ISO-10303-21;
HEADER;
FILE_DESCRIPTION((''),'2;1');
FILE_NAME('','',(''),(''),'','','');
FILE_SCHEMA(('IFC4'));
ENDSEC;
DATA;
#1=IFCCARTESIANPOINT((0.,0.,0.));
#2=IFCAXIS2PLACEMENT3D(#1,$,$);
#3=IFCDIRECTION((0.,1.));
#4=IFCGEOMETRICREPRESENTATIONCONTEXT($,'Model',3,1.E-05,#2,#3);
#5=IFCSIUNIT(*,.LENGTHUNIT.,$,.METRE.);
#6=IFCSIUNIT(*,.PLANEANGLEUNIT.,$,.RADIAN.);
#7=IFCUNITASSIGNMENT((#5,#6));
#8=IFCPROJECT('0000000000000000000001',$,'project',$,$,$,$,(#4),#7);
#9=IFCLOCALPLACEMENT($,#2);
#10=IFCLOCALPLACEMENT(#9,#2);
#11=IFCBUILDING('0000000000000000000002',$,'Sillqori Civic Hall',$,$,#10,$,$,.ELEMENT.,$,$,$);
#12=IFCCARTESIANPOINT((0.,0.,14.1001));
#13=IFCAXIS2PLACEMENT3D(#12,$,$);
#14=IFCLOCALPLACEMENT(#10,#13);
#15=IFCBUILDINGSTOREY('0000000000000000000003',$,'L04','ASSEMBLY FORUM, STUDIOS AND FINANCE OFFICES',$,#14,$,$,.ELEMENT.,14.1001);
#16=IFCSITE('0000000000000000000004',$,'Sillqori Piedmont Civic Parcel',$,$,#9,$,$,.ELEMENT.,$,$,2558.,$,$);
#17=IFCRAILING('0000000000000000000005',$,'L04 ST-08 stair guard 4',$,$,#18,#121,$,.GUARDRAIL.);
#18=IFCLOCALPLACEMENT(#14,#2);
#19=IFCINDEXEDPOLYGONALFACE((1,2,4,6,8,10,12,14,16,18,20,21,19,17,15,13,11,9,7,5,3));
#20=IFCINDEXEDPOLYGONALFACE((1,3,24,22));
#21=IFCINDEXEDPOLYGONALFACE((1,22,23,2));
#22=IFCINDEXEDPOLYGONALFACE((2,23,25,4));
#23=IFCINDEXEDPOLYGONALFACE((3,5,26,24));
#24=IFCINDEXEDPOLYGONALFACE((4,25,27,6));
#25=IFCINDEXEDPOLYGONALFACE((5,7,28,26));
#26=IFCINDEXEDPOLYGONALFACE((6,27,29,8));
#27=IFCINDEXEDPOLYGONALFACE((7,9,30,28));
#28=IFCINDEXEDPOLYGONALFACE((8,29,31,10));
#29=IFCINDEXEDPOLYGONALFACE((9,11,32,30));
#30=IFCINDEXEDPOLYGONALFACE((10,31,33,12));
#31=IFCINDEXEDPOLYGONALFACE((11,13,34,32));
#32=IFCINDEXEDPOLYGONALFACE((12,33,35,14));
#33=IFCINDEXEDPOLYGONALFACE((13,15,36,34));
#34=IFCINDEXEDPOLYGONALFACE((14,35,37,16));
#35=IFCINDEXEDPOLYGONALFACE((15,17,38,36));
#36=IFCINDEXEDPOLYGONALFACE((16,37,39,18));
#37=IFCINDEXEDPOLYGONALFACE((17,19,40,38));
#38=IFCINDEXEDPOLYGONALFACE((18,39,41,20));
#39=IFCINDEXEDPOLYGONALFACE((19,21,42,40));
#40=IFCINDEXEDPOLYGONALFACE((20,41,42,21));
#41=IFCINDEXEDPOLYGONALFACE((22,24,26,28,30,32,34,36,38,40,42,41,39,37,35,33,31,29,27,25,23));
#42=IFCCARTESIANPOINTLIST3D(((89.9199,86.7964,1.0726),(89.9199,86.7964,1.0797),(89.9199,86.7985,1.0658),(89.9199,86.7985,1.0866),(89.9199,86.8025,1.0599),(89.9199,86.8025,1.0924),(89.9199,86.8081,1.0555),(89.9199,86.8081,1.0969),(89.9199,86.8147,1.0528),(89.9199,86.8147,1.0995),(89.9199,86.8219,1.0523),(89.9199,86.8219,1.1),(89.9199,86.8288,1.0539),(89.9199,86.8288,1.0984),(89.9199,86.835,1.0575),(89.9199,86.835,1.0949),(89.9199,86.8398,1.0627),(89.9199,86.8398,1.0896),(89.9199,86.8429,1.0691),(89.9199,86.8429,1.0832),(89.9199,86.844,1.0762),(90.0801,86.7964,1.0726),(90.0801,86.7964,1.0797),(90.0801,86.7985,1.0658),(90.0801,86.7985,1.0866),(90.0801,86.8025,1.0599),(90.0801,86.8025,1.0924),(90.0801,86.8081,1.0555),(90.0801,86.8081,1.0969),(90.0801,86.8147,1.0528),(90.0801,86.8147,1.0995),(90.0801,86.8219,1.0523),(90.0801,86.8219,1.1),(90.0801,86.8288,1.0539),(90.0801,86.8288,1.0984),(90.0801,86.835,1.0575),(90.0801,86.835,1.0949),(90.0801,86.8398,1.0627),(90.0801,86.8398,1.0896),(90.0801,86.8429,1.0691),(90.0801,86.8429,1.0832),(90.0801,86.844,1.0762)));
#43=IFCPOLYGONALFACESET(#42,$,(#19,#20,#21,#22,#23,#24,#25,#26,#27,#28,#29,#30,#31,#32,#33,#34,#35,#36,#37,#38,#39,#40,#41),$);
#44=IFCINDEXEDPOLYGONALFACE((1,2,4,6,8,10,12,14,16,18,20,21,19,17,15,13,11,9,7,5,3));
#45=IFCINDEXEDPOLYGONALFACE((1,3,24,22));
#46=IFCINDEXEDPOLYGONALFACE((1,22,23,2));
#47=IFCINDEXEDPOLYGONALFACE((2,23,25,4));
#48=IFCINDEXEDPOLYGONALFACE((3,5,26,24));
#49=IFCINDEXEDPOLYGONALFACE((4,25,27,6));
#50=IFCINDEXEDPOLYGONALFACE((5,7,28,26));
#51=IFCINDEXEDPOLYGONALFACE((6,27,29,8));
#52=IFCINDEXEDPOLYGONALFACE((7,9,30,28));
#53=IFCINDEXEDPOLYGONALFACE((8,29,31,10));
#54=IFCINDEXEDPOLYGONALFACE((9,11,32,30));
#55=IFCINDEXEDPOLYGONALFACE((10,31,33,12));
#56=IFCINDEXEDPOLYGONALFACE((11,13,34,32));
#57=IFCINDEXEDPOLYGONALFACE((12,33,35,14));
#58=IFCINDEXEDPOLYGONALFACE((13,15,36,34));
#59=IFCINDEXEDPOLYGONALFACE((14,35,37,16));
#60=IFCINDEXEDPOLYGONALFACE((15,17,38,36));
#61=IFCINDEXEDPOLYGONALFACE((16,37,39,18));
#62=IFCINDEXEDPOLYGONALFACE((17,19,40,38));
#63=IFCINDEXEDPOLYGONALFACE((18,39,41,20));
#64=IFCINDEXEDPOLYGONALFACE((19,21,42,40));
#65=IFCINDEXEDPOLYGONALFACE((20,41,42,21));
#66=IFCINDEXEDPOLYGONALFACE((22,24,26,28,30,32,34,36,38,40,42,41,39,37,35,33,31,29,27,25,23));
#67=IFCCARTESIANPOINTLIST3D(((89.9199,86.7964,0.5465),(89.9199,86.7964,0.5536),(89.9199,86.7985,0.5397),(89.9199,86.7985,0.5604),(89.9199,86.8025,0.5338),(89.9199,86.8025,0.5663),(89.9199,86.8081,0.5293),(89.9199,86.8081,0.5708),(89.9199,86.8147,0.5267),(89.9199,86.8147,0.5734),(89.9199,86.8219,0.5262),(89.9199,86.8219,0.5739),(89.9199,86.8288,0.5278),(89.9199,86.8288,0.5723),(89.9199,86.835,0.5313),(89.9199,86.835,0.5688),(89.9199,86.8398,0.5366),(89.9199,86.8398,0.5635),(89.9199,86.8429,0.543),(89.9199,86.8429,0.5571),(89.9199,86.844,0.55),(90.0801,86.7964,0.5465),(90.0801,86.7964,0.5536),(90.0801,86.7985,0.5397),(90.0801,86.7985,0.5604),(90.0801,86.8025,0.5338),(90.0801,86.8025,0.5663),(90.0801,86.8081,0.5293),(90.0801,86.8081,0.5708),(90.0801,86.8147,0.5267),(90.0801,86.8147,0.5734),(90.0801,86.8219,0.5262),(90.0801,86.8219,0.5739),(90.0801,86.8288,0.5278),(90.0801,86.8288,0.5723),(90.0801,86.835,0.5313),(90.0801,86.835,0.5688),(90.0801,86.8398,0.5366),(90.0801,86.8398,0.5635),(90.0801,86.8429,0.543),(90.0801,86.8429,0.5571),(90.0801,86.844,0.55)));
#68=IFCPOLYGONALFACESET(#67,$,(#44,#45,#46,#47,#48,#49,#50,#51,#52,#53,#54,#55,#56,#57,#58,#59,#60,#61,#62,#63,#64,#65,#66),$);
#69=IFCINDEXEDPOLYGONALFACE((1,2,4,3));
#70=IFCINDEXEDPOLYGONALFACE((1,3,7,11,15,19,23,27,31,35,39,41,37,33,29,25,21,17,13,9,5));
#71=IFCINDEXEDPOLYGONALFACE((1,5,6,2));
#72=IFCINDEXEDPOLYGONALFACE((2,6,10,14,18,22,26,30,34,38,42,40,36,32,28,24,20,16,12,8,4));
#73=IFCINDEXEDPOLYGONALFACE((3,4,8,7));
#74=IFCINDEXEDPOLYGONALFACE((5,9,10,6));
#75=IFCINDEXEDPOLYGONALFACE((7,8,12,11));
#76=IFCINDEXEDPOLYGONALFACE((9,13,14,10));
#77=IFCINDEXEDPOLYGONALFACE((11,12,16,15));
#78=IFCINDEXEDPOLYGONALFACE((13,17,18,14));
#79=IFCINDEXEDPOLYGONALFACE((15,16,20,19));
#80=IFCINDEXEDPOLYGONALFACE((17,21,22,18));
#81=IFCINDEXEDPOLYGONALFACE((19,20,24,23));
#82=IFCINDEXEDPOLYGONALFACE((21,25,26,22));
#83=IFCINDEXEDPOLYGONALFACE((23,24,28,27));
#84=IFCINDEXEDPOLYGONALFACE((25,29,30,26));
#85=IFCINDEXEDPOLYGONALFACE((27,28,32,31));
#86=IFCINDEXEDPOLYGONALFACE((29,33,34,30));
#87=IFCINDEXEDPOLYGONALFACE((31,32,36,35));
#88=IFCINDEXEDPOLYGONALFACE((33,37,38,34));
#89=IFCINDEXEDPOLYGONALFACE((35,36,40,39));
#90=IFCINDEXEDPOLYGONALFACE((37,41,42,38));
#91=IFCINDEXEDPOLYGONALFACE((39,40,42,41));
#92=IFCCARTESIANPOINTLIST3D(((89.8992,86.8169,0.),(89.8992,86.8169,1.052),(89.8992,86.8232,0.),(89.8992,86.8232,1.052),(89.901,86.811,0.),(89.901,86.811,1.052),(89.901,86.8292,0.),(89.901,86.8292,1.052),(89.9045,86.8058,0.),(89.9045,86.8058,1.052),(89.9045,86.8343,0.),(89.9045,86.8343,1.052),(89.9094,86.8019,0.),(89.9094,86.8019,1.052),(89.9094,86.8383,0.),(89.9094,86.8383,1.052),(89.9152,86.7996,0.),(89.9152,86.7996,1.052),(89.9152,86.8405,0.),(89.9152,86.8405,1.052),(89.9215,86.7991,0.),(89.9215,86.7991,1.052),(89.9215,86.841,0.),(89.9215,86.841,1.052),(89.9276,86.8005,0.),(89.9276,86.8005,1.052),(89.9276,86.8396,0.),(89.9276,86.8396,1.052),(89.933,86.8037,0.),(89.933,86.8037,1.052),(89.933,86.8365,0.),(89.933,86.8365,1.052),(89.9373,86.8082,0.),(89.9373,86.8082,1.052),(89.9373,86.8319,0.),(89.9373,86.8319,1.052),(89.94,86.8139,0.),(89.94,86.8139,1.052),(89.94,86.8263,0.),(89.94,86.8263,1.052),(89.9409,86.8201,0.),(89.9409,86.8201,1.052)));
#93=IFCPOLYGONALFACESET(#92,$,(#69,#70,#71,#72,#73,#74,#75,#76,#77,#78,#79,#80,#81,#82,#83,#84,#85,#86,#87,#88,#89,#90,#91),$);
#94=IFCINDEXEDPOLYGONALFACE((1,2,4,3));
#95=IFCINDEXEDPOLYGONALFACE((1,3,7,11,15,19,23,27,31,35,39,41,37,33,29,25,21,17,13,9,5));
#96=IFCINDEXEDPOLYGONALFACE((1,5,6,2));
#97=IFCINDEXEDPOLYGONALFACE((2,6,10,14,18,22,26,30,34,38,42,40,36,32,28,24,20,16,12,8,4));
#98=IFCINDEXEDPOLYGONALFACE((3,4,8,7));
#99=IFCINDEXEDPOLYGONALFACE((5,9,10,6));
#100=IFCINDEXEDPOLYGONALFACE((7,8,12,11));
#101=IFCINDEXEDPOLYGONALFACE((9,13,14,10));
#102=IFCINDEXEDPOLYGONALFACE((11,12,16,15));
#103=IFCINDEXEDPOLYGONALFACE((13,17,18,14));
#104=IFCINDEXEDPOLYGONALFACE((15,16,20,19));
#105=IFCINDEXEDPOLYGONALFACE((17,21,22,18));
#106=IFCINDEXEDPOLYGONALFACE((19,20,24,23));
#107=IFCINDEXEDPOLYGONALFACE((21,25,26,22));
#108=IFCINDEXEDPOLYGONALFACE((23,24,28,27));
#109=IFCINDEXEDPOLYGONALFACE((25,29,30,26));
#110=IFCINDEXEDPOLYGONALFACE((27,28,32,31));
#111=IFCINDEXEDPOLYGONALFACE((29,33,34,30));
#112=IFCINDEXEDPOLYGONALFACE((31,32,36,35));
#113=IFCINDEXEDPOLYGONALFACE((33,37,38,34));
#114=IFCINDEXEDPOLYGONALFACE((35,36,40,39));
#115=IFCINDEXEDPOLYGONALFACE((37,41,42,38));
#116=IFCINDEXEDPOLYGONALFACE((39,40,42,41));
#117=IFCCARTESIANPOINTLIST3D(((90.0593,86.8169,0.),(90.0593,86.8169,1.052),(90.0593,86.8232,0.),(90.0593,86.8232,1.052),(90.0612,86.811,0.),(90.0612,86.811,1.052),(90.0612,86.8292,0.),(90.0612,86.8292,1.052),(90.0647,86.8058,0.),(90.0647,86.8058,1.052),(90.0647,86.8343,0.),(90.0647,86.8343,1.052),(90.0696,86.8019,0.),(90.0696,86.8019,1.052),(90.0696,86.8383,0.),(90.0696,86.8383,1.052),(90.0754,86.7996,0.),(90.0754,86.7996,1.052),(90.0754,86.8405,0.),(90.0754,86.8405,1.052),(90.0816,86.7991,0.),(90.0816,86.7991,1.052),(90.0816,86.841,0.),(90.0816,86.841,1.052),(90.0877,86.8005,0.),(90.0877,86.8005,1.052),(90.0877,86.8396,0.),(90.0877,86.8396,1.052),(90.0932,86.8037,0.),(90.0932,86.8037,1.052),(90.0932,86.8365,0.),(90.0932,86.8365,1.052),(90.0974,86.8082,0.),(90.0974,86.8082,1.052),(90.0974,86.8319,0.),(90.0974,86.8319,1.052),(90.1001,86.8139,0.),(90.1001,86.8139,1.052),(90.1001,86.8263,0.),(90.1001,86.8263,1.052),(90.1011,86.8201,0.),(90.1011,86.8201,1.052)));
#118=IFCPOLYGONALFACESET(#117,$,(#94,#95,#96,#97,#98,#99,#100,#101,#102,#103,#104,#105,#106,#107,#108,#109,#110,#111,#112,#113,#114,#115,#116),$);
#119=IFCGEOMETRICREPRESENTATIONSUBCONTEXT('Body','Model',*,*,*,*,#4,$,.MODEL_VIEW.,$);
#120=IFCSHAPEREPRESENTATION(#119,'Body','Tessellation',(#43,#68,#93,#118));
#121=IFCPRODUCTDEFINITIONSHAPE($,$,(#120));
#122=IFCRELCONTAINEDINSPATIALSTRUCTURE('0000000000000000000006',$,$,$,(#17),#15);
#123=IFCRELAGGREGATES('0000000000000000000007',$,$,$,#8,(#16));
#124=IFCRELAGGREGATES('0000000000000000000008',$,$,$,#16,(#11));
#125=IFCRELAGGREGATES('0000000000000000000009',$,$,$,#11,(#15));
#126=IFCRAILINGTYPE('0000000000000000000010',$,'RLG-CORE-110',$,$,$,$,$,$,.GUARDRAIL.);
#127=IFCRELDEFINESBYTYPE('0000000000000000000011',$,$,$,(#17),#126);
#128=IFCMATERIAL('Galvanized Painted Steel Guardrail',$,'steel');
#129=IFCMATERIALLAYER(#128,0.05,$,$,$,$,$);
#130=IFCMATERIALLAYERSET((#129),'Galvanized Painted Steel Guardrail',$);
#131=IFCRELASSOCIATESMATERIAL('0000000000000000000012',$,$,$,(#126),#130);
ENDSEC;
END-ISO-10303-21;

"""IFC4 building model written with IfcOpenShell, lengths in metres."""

from ifc_helpers import new_model, si_unit, direction, frame, origin, origin_2d, place, context, subcontext, project, spatial, circle, extrude, material, layer, layer_set, type_object, element, save


model = new_model("IFC4")

# Units and contexts
model_context = context("Model", 3, precision=1e-05, world=origin(), true_north=direction((0.0, 1.0)))
body_context = subcontext(model_context, "Body", "Model", "MODEL_VIEW")
ifc_project = project(units=[si_unit("LENGTHUNIT", "METRE"), si_unit("PLANEANGLEUNIT", "RADIAN")], contexts=[model_context])

# Site, building, storey
site_placement = place(None, origin())
site = spatial("IfcSite", under=ifc_project, at=site_placement, Name="Sillqori Piedmont Civic Parcel", CompositionType="ELEMENT", RefElevation=2558.0)
building_placement = place(site_placement, origin())
building = spatial("IfcBuilding", under=site, at=building_placement, Name="Sillqori Civic Hall", CompositionType="ELEMENT")
storey_placement = place(building_placement, frame((0.0, 0.0, 14.1001)))
storey = spatial("IfcBuildingStorey", under=building, at=storey_placement, Name="L04", Description="ASSEMBLY FORUM, STUDIOS AND FINANCE OFFICES", CompositionType="ELEMENT", Elevation=14.1001)

# Railing
ifc_material_1 = material(Name="Galvanized Painted Steel Guardrail", Category="steel")
ifc_layer_1 = layer(ifc_material_1, 0.05)
ifc_layer_set_1 = layer_set([ifc_layer_1], Name="Galvanized Painted Steel Guardrail")
railing_type_1 = type_object("IfcRailingType", Name="RLG-CORE-110", PredefinedType="GUARDRAIL", material=ifc_layer_set_1)
railing_1_placement = place(storey_placement, frame((89.9199, 86.8201, 0.0)))
element("IfcRailing", 1, at=railing_1_placement, inside=storey, type_object=railing_type_1, Name="L04 ST-08 stair guard 4", PredefinedType="GUARDRAIL", context=body_context, shape_type="SweptSolid", body=[
    extrude(circle(Radius=0.0239, at=origin_2d()), frame((0.0, 0.0, 1.0762), z_axis=(1.0, 0.0, 0.0), x_axis=(0.0, 1.0, 0.0)), (0.0, 0.0, 1.0), 0.1602),
    extrude(circle(Radius=0.0239, at=origin_2d()), frame((0.0, 0.0, 0.55), z_axis=(1.0, 0.0, 0.0), x_axis=(0.0, 1.0, 0.0)), (0.0, 0.0, 1.0), 0.1602),
    extrude(circle(Radius=0.021, at=origin_2d()), origin(), (0.0, 0.0, 1.0), 1.052),
    extrude(circle(Radius=0.021, at=origin_2d()), frame((0.1602, 0.0, 0.0)), (0.0, 0.0, 1.0), 1.052),
])

save(model, "model.ifc")
